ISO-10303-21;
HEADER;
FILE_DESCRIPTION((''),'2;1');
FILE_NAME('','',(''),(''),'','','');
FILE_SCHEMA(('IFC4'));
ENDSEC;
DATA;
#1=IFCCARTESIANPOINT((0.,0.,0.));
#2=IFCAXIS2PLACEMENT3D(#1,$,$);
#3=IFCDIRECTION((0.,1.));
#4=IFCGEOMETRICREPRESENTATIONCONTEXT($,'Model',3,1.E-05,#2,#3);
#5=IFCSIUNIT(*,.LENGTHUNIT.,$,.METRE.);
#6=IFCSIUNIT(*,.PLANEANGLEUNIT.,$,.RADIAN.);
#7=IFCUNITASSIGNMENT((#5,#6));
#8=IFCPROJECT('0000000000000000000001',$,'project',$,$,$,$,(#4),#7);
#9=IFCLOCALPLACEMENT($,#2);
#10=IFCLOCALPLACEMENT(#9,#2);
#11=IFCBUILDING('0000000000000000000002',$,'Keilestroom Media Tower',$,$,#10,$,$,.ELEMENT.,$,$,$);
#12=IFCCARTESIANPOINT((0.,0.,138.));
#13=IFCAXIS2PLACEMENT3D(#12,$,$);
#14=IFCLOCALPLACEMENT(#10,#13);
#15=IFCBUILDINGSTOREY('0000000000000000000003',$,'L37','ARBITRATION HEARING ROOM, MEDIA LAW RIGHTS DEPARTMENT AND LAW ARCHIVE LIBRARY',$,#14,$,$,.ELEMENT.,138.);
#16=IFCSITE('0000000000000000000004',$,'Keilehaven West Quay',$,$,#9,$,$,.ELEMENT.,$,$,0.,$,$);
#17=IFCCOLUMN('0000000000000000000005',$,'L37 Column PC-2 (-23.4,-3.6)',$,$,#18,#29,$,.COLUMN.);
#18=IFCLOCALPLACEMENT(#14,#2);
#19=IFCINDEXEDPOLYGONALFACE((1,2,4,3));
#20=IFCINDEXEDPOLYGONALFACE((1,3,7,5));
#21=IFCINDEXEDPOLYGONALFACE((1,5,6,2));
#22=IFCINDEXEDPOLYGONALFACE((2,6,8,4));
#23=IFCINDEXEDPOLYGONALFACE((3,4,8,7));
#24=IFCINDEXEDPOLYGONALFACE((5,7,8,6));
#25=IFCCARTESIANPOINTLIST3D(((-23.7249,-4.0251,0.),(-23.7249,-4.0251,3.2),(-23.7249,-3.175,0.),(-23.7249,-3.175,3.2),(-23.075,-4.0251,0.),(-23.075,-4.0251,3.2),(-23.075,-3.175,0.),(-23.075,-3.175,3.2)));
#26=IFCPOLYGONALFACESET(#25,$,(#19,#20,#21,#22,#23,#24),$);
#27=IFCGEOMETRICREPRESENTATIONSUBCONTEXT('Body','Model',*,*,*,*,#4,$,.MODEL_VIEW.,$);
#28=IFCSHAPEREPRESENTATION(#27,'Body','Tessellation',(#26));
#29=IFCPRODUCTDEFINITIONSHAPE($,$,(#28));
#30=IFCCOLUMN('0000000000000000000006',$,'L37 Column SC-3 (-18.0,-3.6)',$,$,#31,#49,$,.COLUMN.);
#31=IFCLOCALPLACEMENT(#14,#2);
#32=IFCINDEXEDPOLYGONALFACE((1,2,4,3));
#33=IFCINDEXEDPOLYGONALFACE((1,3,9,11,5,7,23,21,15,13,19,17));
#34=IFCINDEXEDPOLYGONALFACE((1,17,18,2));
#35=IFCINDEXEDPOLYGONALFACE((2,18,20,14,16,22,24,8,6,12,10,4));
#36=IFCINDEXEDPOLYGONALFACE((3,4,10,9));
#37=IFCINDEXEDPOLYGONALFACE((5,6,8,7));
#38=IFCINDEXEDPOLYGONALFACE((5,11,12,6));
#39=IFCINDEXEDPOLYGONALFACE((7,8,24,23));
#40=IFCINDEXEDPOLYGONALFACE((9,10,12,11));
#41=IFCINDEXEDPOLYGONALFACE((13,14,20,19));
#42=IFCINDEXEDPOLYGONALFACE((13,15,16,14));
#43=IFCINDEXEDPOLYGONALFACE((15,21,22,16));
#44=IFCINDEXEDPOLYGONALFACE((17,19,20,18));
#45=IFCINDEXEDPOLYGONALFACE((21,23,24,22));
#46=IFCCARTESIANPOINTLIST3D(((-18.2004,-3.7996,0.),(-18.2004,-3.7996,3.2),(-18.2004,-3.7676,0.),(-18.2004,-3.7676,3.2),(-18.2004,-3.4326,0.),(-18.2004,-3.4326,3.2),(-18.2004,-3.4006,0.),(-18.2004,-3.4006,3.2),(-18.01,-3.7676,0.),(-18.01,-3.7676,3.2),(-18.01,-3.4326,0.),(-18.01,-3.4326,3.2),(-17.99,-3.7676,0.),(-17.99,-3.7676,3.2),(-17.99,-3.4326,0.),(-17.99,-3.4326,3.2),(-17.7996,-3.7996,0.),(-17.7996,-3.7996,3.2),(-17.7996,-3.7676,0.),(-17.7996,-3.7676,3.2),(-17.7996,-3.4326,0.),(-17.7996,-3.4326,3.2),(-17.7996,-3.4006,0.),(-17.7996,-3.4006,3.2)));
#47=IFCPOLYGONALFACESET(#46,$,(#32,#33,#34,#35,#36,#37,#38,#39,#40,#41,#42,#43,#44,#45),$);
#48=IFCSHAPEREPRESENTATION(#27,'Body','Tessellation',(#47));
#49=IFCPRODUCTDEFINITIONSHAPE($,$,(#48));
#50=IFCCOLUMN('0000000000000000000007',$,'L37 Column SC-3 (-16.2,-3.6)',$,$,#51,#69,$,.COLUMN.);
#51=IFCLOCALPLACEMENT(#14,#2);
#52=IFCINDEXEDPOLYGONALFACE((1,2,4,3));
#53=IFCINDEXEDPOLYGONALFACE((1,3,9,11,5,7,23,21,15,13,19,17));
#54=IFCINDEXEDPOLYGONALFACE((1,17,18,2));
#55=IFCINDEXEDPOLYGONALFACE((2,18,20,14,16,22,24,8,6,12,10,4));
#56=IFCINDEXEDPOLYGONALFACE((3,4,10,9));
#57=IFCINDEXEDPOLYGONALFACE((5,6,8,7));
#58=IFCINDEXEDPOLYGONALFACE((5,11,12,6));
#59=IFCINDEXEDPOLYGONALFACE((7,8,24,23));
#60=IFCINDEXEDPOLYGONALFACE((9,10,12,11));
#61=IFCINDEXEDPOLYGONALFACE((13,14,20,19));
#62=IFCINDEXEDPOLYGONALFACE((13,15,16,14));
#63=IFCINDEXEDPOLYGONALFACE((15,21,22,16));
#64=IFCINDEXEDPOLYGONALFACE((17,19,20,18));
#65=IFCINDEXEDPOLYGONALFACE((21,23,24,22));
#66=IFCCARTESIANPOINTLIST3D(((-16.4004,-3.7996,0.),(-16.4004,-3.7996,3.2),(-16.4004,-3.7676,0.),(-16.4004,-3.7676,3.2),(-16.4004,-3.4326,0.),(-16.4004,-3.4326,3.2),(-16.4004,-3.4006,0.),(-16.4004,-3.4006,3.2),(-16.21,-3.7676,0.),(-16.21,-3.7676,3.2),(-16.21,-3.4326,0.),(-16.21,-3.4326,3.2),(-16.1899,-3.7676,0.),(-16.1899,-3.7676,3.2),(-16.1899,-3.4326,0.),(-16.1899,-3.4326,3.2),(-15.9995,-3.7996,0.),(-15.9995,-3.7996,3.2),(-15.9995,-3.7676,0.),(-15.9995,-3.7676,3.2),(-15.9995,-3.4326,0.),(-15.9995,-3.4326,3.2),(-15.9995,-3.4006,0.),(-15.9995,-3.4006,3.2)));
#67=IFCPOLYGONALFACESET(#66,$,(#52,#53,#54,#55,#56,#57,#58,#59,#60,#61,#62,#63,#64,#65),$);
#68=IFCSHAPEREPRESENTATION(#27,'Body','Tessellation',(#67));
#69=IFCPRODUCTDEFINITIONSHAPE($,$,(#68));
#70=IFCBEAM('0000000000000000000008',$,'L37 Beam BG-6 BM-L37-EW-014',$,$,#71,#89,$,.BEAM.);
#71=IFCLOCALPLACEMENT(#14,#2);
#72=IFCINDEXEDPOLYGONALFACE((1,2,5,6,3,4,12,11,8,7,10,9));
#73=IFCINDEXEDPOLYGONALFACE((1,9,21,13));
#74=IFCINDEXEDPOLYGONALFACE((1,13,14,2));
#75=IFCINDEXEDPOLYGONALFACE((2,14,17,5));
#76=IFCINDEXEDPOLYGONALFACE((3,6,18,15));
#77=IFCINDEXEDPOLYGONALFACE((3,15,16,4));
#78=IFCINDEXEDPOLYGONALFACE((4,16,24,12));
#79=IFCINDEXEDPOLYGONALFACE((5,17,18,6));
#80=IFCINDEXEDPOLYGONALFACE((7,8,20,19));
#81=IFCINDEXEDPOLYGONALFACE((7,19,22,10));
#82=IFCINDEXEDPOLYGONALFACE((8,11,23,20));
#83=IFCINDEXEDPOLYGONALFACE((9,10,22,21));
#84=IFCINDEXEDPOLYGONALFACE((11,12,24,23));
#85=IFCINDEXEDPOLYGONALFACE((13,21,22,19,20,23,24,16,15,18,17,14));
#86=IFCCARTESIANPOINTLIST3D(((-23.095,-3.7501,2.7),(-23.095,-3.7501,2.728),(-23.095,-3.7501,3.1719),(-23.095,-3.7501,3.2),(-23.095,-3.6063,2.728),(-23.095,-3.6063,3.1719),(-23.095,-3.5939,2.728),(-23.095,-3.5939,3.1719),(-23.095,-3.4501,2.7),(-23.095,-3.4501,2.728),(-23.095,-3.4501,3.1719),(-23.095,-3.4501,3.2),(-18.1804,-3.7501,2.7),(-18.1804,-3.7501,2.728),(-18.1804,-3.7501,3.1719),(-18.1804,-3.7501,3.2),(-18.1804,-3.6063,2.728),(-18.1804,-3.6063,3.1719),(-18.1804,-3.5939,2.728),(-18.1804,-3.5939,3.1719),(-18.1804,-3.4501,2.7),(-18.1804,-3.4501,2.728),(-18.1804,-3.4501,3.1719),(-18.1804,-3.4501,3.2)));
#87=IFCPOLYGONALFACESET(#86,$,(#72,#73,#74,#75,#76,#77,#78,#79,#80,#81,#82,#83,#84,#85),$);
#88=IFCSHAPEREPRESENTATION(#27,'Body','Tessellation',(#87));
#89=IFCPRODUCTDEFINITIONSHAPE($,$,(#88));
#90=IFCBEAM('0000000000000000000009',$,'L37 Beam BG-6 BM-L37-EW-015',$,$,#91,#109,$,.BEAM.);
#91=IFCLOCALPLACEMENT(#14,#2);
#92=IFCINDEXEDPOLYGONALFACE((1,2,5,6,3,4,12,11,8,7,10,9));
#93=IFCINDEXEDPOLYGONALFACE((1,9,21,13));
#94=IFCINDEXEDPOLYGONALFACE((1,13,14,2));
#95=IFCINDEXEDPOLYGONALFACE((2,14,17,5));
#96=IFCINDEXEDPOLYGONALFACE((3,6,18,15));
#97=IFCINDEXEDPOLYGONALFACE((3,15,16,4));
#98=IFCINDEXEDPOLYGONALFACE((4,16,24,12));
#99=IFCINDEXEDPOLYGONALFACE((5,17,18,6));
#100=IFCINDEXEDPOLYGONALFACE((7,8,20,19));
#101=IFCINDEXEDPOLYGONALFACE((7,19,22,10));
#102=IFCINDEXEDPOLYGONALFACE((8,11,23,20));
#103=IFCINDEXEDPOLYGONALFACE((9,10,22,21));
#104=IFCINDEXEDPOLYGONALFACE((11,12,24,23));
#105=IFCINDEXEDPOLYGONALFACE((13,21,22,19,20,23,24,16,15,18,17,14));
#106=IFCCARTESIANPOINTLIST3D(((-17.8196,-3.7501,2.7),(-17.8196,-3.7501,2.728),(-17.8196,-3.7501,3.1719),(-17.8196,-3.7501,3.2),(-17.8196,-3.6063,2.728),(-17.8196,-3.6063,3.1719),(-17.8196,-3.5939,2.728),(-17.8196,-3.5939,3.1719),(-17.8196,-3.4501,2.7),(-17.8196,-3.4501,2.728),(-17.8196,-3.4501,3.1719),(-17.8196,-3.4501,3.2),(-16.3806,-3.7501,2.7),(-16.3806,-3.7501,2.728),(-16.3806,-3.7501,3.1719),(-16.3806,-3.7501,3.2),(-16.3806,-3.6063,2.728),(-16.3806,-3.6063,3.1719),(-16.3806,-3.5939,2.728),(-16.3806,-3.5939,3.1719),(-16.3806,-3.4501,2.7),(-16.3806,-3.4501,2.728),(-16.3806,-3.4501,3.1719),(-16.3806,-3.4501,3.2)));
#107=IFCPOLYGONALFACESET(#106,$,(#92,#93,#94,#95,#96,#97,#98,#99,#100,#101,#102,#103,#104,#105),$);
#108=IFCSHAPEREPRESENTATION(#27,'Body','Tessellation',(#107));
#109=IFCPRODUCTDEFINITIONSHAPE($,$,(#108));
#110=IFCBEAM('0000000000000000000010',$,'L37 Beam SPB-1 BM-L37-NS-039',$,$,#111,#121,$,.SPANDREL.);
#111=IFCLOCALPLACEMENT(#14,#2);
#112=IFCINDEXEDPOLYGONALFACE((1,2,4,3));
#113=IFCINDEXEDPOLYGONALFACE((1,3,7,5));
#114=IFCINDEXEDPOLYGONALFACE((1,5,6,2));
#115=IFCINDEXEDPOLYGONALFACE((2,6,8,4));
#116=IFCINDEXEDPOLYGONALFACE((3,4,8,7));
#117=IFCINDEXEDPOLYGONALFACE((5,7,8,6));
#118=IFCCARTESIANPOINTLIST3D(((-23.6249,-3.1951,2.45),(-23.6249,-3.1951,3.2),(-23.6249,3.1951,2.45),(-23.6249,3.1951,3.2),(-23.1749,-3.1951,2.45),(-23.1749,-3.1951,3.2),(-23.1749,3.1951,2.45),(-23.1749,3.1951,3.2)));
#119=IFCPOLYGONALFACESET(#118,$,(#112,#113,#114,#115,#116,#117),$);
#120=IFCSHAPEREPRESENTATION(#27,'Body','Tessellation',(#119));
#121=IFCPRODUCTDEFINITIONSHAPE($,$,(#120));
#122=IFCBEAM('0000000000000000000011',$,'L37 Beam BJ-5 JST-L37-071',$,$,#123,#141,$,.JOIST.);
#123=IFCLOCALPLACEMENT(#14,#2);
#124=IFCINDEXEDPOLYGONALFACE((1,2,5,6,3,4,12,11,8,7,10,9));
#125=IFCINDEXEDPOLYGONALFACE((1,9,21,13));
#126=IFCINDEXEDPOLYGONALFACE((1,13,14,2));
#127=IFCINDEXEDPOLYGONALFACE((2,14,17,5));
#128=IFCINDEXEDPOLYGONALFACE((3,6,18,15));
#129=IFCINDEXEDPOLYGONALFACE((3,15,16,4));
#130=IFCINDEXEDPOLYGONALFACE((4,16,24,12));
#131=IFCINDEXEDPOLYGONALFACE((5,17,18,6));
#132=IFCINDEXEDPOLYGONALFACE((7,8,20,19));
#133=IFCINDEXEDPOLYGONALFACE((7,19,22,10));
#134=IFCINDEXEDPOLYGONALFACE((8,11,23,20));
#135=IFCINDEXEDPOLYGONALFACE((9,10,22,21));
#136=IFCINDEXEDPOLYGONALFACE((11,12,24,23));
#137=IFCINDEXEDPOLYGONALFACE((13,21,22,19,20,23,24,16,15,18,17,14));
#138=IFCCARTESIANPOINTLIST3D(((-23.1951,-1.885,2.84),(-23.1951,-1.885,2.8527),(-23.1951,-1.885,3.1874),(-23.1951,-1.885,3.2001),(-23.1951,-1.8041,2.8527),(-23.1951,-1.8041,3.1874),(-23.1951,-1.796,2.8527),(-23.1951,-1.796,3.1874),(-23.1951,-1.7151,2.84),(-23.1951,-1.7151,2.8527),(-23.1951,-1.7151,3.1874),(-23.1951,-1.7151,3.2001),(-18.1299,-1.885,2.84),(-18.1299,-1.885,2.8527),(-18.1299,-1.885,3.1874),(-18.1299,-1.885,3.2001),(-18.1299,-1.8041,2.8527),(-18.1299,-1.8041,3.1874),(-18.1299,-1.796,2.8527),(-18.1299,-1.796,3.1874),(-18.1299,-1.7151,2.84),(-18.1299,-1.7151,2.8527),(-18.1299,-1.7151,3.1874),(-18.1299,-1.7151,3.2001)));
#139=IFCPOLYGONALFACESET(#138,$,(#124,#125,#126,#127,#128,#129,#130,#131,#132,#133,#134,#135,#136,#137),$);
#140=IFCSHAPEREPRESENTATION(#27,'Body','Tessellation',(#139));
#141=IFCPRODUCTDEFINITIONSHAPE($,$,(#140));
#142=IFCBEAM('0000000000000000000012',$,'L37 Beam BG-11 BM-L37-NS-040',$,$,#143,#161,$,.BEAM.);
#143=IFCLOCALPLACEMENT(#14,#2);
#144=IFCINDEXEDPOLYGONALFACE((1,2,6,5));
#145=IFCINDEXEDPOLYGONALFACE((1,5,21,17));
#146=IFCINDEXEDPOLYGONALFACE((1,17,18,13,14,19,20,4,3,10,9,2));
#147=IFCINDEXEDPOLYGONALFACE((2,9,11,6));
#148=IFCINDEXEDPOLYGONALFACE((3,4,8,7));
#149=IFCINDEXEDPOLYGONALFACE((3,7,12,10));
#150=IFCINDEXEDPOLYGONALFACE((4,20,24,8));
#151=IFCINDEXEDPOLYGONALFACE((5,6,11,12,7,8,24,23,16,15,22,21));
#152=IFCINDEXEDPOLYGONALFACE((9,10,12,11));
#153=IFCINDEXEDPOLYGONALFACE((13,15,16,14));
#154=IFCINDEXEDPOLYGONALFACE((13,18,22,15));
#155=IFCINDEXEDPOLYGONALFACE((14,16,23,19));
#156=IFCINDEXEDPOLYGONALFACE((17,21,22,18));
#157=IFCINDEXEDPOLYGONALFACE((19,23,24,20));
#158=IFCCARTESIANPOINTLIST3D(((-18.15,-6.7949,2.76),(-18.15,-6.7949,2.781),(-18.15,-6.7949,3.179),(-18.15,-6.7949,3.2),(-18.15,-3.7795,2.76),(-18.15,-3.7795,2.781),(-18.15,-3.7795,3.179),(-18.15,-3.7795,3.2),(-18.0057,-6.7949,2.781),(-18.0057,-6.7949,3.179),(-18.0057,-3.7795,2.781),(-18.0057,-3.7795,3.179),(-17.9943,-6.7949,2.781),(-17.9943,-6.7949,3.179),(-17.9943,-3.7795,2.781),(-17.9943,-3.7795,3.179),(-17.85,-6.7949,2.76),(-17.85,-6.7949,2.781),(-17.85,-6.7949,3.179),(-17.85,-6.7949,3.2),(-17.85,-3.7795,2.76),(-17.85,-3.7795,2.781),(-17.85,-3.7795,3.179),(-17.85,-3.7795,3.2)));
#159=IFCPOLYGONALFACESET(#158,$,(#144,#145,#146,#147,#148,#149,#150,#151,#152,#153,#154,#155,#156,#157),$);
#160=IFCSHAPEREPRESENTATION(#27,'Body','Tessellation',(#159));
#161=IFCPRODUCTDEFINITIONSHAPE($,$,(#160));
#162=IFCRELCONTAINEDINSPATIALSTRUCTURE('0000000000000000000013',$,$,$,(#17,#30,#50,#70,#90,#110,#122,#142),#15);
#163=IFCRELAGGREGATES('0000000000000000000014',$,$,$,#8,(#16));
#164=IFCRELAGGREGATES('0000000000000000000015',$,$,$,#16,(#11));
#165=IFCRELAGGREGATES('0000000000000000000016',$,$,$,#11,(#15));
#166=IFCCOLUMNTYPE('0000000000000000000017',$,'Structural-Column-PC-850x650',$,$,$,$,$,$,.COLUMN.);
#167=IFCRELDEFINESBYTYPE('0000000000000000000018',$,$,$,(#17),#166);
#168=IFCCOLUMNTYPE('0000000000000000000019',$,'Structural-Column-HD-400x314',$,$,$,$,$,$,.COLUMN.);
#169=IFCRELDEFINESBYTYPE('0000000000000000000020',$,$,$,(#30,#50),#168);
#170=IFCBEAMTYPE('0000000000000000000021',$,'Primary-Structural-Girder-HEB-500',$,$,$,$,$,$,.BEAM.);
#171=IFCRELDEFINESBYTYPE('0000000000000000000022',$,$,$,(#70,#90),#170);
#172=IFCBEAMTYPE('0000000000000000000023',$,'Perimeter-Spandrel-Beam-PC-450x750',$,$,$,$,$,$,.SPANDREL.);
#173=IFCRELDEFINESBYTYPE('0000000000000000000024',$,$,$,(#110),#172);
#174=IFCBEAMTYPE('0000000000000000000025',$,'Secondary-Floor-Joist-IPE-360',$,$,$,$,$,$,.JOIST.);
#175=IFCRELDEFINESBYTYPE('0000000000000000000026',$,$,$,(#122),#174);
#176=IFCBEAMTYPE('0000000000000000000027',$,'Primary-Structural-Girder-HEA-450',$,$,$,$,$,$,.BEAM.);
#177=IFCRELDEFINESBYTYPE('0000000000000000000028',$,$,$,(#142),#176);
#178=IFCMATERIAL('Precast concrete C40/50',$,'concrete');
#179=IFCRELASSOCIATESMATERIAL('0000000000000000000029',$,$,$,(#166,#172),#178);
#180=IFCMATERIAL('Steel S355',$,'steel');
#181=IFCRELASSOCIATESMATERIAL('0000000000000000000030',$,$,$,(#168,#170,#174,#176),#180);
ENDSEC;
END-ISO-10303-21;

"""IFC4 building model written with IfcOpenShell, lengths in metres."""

from ifc_helpers import new_model, si_unit, direction, frame, origin, origin_2d, place, context, subcontext, project, spatial, rectangle, i_section, extrude, source, transform, mapped, material, material_profile, profile_set, type_object, element, save


model = new_model("IFC4")

# Units and contexts
model_context = context("Model", 3, precision=1e-05, world=origin(), true_north=direction((0.0, 1.0)))
body_context = subcontext(model_context, "Body", "Model", "MODEL_VIEW")
ifc_project = project(units=[si_unit("LENGTHUNIT", "METRE"), si_unit("PLANEANGLEUNIT", "RADIAN")], contexts=[model_context])

# Site, building, storey
site_placement = place(None, origin())
site = spatial("IfcSite", under=ifc_project, at=site_placement, Name="Keilehaven West Quay", CompositionType="ELEMENT", RefElevation=0.0)
building_placement = place(site_placement, origin())
building = spatial("IfcBuilding", under=site, at=building_placement, Name="Keilestroom Media Tower", CompositionType="ELEMENT")
storey_placement = place(building_placement, frame((0.0, 0.0, 138.0)))
storey = spatial("IfcBuildingStorey", under=building, at=storey_placement, Name="L37", Description="ARBITRATION HEARING ROOM, MEDIA LAW RIGHTS DEPARTMENT AND LAW ARCHIVE LIBRARY", CompositionType="ELEMENT", Elevation=138.0)

# Columns
ifc_material_1 = material(Name="Precast concrete C40/50", Category="concrete")
ifc_material_profile_1 = material_profile(ifc_material_1, rectangle(XDim=0.6499, YDim=0.8501, at=origin_2d()), Name="PC 850x650")
ifc_profile_set_1 = profile_set([ifc_material_profile_1], Name="Precast concrete C40/50")
column_type_1 = type_object("IfcColumnType", Name="Structural-Column-PC-850x650", PredefinedType="COLUMN", material=ifc_profile_set_1)
shared_shape_1 = source(origin(), body_context, "Body", "SweptSolid", [
    extrude(rectangle(XDim=0.6499, YDim=0.8501, at=origin_2d()), origin(), (0.0, 0.0, 1.0), 3.2),
])
column_placement = place(storey_placement, frame((-23.3999, -3.6001, 0.0), z_axis=(0.0, 0.0, 1.0), x_axis=(1.0, 0.0, 0.0)))
element("IfcColumn", 1, at=column_placement, inside=storey, type_object=column_type_1, Name="L37 Column PC-2 (-23.4,-3.6)", PredefinedType="COLUMN", context=body_context, shape_type="MappedRepresentation", body=[
    mapped(shared_shape_1, transform((0.0, 0.0, 0.0), x_axis=(1.0, 0.0, 0.0), y_axis=(0.0, 1.0, 0.0), z_axis=(0.0, 0.0, 1.0), scale=1.0)),
])
ifc_material_2 = material(Name="Steel S355", Category="steel")
ifc_material_profile_2 = material_profile(ifc_material_2, i_section(OverallWidth=0.4009, OverallDepth=0.3989, WebThickness=0.02, FlangeThickness=0.032, at=origin_2d()), Name="HD 400x314")
ifc_profile_set_2 = profile_set([ifc_material_profile_2], Name="Steel S355")
column_type_2 = type_object("IfcColumnType", Name="Structural-Column-HD-400x314", PredefinedType="COLUMN", material=ifc_profile_set_2)
shared_shape_2 = source(origin(), body_context, "Body", "SweptSolid", [
    extrude(i_section(OverallWidth=0.4009, OverallDepth=0.3989, WebThickness=0.02, FlangeThickness=0.032, at=origin_2d()), origin(), (0.0, 0.0, 1.0), 3.2),
])
for number, where, z_axis, x_axis, name in (
    (2, (-18.0, -3.6001, 0.0), (0.0, 0.0, 1.0), (1.0, 0.0, 0.0), "L37 Column SC-3 (-18.0,-3.6)"),
    (3, (-16.2, -3.6001, 0.0), (0.0, 0.0, 1.0), (1.0, 0.0, 0.0), "L37 Column SC-3 (-16.2,-3.6)"),
):
    element("IfcColumn", number, at=place(storey_placement, frame(where, z_axis=z_axis, x_axis=x_axis)), inside=storey, type_object=column_type_2, Name=name, PredefinedType="COLUMN", context=body_context, shape_type="MappedRepresentation", body=[
        mapped(shared_shape_2, transform((0.0, 0.0, 0.0), x_axis=(1.0, 0.0, 0.0), y_axis=(0.0, 1.0, 0.0), z_axis=(0.0, 0.0, 1.0), scale=1.0)),
    ])

# Beams
ifc_material_profile_3 = material_profile(ifc_material_2, i_section(OverallWidth=0.3, OverallDepth=0.5, WebThickness=0.0125, FlangeThickness=0.0281, at=origin_2d()), Name="HEB 500")
ifc_profile_set_3 = profile_set([ifc_material_profile_3], Name="Steel S355")
beam_type_1 = type_object("IfcBeamType", Name="Primary-Structural-Girder-HEB-500", PredefinedType="BEAM", material=ifc_profile_set_3)
shared_shape_3 = source(origin(), body_context, "Body", "SweptSolid", [
    extrude(i_section(OverallWidth=0.3, OverallDepth=0.5, WebThickness=0.0125, FlangeThickness=0.0281, at=origin_2d()), origin(), (0.0, 0.0, 1.0), 4.9146),
])
beam_1_placement = place(storey_placement, frame((-23.095, -3.6001, 2.95), z_axis=(1.0, 0.0, 0.0), x_axis=(0.0, 1.0, 0.0)))
element("IfcBeam", 4, at=beam_1_placement, inside=storey, type_object=beam_type_1, Name="L37 Beam BG-6 BM-L37-EW-014", PredefinedType="BEAM", context=body_context, shape_type="MappedRepresentation", body=[
    mapped(shared_shape_3, transform((0.0, 0.0, 0.0), x_axis=(1.0, 0.0, 0.0), y_axis=(0.0, 1.0, 0.0), z_axis=(0.0, 0.0, 1.0), scale=1.0)),
])
shared_shape_4 = source(origin(), body_context, "Body", "SweptSolid", [
    extrude(i_section(OverallWidth=0.3, OverallDepth=0.5, WebThickness=0.0125, FlangeThickness=0.0281, at=origin_2d()), origin(), (0.0, 0.0, 1.0), 1.439),
])
beam_2_placement = place(storey_placement, frame((-17.8196, -3.6001, 2.95), z_axis=(1.0, 0.0, 0.0), x_axis=(0.0, 1.0, 0.0)))
element("IfcBeam", 5, at=beam_2_placement, inside=storey, type_object=beam_type_1, Name="L37 Beam BG-6 BM-L37-EW-015", PredefinedType="BEAM", context=body_context, shape_type="MappedRepresentation", body=[
    mapped(shared_shape_4, transform((0.0, 0.0, 0.0), x_axis=(1.0, 0.0, 0.0), y_axis=(0.0, 1.0, 0.0), z_axis=(0.0, 0.0, 1.0), scale=1.0)),
])
ifc_material_profile_4 = material_profile(ifc_material_1, rectangle(XDim=0.45, YDim=0.75, at=origin_2d()), Name="PC 450x750")
ifc_profile_set_4 = profile_set([ifc_material_profile_4], Name="Precast concrete C40/50")
beam_type_2 = type_object("IfcBeamType", Name="Perimeter-Spandrel-Beam-PC-450x750", PredefinedType="SPANDREL", material=ifc_profile_set_4)
shared_shape_5 = source(origin(), body_context, "Body", "SweptSolid", [
    extrude(rectangle(XDim=0.45, YDim=0.75, at=origin_2d()), origin(), (0.0, 0.0, 1.0), 6.3901),
])
beam_3_placement = place(storey_placement, frame((-23.3999, -3.1951, 2.825), z_axis=(0.0, 1.0, 0.0), x_axis=(-1.0, 0.0, 0.0)))
element("IfcBeam", 6, at=beam_3_placement, inside=storey, type_object=beam_type_2, Name="L37 Beam SPB-1 BM-L37-NS-039", PredefinedType="SPANDREL", context=body_context, shape_type="MappedRepresentation", body=[
    mapped(shared_shape_5, transform((0.0, 0.0, 0.0), x_axis=(1.0, 0.0, 0.0), y_axis=(0.0, 1.0, 0.0), z_axis=(0.0, 0.0, 1.0), scale=1.0)),
])
ifc_material_profile_5 = material_profile(ifc_material_2, i_section(OverallWidth=0.1699, OverallDepth=0.3601, WebThickness=0.0081, FlangeThickness=0.0127, at=origin_2d()), Name="IPE 360")
ifc_profile_set_5 = profile_set([ifc_material_profile_5], Name="Steel S355")
beam_type_3 = type_object("IfcBeamType", Name="Secondary-Floor-Joist-IPE-360", PredefinedType="JOIST", material=ifc_profile_set_5)
shared_shape_6 = source(origin(), body_context, "Body", "SweptSolid", [
    extrude(i_section(OverallWidth=0.1699, OverallDepth=0.3601, WebThickness=0.0081, FlangeThickness=0.0127, at=origin_2d()), origin(), (0.0, 0.0, 1.0), 5.0652),
])
beam_4_placement = place(storey_placement, frame((-23.1951, -1.8, 3.02), z_axis=(1.0, 0.0, 0.0), x_axis=(0.0, 1.0, 0.0)))
element("IfcBeam", 7, at=beam_4_placement, inside=storey, type_object=beam_type_3, Name="L37 Beam BJ-5 JST-L37-071", PredefinedType="JOIST", context=body_context, shape_type="MappedRepresentation", body=[
    mapped(shared_shape_6, transform((0.0, 0.0, 0.0), x_axis=(1.0, 0.0, 0.0), y_axis=(0.0, 1.0, 0.0), z_axis=(0.0, 0.0, 1.0), scale=1.0)),
])
ifc_material_profile_6 = material_profile(ifc_material_2, i_section(OverallWidth=0.3, OverallDepth=0.4399, WebThickness=0.0115, FlangeThickness=0.021, at=origin_2d()), Name="HEA 450")
ifc_profile_set_6 = profile_set([ifc_material_profile_6], Name="Steel S355")
beam_type_4 = type_object("IfcBeamType", Name="Primary-Structural-Girder-HEA-450", PredefinedType="BEAM", material=ifc_profile_set_6)
shared_shape_7 = source(origin(), body_context, "Body", "SweptSolid", [
    extrude(i_section(OverallWidth=0.3, OverallDepth=0.4399, WebThickness=0.0115, FlangeThickness=0.021, at=origin_2d()), origin(), (0.0, 0.0, 1.0), 3.0154),
])
beam_5_placement = place(storey_placement, frame((-18.0, -6.7949, 2.98), z_axis=(0.0, 1.0, 0.0), x_axis=(-1.0, 0.0, 0.0)))
element("IfcBeam", 8, at=beam_5_placement, inside=storey, type_object=beam_type_4, Name="L37 Beam BG-11 BM-L37-NS-040", PredefinedType="BEAM", context=body_context, shape_type="MappedRepresentation", body=[
    mapped(shared_shape_7, transform((0.0, 0.0, 0.0), x_axis=(1.0, 0.0, 0.0), y_axis=(0.0, 1.0, 0.0), z_axis=(0.0, 0.0, 1.0), scale=1.0)),
])

save(model, "model.ifc")
